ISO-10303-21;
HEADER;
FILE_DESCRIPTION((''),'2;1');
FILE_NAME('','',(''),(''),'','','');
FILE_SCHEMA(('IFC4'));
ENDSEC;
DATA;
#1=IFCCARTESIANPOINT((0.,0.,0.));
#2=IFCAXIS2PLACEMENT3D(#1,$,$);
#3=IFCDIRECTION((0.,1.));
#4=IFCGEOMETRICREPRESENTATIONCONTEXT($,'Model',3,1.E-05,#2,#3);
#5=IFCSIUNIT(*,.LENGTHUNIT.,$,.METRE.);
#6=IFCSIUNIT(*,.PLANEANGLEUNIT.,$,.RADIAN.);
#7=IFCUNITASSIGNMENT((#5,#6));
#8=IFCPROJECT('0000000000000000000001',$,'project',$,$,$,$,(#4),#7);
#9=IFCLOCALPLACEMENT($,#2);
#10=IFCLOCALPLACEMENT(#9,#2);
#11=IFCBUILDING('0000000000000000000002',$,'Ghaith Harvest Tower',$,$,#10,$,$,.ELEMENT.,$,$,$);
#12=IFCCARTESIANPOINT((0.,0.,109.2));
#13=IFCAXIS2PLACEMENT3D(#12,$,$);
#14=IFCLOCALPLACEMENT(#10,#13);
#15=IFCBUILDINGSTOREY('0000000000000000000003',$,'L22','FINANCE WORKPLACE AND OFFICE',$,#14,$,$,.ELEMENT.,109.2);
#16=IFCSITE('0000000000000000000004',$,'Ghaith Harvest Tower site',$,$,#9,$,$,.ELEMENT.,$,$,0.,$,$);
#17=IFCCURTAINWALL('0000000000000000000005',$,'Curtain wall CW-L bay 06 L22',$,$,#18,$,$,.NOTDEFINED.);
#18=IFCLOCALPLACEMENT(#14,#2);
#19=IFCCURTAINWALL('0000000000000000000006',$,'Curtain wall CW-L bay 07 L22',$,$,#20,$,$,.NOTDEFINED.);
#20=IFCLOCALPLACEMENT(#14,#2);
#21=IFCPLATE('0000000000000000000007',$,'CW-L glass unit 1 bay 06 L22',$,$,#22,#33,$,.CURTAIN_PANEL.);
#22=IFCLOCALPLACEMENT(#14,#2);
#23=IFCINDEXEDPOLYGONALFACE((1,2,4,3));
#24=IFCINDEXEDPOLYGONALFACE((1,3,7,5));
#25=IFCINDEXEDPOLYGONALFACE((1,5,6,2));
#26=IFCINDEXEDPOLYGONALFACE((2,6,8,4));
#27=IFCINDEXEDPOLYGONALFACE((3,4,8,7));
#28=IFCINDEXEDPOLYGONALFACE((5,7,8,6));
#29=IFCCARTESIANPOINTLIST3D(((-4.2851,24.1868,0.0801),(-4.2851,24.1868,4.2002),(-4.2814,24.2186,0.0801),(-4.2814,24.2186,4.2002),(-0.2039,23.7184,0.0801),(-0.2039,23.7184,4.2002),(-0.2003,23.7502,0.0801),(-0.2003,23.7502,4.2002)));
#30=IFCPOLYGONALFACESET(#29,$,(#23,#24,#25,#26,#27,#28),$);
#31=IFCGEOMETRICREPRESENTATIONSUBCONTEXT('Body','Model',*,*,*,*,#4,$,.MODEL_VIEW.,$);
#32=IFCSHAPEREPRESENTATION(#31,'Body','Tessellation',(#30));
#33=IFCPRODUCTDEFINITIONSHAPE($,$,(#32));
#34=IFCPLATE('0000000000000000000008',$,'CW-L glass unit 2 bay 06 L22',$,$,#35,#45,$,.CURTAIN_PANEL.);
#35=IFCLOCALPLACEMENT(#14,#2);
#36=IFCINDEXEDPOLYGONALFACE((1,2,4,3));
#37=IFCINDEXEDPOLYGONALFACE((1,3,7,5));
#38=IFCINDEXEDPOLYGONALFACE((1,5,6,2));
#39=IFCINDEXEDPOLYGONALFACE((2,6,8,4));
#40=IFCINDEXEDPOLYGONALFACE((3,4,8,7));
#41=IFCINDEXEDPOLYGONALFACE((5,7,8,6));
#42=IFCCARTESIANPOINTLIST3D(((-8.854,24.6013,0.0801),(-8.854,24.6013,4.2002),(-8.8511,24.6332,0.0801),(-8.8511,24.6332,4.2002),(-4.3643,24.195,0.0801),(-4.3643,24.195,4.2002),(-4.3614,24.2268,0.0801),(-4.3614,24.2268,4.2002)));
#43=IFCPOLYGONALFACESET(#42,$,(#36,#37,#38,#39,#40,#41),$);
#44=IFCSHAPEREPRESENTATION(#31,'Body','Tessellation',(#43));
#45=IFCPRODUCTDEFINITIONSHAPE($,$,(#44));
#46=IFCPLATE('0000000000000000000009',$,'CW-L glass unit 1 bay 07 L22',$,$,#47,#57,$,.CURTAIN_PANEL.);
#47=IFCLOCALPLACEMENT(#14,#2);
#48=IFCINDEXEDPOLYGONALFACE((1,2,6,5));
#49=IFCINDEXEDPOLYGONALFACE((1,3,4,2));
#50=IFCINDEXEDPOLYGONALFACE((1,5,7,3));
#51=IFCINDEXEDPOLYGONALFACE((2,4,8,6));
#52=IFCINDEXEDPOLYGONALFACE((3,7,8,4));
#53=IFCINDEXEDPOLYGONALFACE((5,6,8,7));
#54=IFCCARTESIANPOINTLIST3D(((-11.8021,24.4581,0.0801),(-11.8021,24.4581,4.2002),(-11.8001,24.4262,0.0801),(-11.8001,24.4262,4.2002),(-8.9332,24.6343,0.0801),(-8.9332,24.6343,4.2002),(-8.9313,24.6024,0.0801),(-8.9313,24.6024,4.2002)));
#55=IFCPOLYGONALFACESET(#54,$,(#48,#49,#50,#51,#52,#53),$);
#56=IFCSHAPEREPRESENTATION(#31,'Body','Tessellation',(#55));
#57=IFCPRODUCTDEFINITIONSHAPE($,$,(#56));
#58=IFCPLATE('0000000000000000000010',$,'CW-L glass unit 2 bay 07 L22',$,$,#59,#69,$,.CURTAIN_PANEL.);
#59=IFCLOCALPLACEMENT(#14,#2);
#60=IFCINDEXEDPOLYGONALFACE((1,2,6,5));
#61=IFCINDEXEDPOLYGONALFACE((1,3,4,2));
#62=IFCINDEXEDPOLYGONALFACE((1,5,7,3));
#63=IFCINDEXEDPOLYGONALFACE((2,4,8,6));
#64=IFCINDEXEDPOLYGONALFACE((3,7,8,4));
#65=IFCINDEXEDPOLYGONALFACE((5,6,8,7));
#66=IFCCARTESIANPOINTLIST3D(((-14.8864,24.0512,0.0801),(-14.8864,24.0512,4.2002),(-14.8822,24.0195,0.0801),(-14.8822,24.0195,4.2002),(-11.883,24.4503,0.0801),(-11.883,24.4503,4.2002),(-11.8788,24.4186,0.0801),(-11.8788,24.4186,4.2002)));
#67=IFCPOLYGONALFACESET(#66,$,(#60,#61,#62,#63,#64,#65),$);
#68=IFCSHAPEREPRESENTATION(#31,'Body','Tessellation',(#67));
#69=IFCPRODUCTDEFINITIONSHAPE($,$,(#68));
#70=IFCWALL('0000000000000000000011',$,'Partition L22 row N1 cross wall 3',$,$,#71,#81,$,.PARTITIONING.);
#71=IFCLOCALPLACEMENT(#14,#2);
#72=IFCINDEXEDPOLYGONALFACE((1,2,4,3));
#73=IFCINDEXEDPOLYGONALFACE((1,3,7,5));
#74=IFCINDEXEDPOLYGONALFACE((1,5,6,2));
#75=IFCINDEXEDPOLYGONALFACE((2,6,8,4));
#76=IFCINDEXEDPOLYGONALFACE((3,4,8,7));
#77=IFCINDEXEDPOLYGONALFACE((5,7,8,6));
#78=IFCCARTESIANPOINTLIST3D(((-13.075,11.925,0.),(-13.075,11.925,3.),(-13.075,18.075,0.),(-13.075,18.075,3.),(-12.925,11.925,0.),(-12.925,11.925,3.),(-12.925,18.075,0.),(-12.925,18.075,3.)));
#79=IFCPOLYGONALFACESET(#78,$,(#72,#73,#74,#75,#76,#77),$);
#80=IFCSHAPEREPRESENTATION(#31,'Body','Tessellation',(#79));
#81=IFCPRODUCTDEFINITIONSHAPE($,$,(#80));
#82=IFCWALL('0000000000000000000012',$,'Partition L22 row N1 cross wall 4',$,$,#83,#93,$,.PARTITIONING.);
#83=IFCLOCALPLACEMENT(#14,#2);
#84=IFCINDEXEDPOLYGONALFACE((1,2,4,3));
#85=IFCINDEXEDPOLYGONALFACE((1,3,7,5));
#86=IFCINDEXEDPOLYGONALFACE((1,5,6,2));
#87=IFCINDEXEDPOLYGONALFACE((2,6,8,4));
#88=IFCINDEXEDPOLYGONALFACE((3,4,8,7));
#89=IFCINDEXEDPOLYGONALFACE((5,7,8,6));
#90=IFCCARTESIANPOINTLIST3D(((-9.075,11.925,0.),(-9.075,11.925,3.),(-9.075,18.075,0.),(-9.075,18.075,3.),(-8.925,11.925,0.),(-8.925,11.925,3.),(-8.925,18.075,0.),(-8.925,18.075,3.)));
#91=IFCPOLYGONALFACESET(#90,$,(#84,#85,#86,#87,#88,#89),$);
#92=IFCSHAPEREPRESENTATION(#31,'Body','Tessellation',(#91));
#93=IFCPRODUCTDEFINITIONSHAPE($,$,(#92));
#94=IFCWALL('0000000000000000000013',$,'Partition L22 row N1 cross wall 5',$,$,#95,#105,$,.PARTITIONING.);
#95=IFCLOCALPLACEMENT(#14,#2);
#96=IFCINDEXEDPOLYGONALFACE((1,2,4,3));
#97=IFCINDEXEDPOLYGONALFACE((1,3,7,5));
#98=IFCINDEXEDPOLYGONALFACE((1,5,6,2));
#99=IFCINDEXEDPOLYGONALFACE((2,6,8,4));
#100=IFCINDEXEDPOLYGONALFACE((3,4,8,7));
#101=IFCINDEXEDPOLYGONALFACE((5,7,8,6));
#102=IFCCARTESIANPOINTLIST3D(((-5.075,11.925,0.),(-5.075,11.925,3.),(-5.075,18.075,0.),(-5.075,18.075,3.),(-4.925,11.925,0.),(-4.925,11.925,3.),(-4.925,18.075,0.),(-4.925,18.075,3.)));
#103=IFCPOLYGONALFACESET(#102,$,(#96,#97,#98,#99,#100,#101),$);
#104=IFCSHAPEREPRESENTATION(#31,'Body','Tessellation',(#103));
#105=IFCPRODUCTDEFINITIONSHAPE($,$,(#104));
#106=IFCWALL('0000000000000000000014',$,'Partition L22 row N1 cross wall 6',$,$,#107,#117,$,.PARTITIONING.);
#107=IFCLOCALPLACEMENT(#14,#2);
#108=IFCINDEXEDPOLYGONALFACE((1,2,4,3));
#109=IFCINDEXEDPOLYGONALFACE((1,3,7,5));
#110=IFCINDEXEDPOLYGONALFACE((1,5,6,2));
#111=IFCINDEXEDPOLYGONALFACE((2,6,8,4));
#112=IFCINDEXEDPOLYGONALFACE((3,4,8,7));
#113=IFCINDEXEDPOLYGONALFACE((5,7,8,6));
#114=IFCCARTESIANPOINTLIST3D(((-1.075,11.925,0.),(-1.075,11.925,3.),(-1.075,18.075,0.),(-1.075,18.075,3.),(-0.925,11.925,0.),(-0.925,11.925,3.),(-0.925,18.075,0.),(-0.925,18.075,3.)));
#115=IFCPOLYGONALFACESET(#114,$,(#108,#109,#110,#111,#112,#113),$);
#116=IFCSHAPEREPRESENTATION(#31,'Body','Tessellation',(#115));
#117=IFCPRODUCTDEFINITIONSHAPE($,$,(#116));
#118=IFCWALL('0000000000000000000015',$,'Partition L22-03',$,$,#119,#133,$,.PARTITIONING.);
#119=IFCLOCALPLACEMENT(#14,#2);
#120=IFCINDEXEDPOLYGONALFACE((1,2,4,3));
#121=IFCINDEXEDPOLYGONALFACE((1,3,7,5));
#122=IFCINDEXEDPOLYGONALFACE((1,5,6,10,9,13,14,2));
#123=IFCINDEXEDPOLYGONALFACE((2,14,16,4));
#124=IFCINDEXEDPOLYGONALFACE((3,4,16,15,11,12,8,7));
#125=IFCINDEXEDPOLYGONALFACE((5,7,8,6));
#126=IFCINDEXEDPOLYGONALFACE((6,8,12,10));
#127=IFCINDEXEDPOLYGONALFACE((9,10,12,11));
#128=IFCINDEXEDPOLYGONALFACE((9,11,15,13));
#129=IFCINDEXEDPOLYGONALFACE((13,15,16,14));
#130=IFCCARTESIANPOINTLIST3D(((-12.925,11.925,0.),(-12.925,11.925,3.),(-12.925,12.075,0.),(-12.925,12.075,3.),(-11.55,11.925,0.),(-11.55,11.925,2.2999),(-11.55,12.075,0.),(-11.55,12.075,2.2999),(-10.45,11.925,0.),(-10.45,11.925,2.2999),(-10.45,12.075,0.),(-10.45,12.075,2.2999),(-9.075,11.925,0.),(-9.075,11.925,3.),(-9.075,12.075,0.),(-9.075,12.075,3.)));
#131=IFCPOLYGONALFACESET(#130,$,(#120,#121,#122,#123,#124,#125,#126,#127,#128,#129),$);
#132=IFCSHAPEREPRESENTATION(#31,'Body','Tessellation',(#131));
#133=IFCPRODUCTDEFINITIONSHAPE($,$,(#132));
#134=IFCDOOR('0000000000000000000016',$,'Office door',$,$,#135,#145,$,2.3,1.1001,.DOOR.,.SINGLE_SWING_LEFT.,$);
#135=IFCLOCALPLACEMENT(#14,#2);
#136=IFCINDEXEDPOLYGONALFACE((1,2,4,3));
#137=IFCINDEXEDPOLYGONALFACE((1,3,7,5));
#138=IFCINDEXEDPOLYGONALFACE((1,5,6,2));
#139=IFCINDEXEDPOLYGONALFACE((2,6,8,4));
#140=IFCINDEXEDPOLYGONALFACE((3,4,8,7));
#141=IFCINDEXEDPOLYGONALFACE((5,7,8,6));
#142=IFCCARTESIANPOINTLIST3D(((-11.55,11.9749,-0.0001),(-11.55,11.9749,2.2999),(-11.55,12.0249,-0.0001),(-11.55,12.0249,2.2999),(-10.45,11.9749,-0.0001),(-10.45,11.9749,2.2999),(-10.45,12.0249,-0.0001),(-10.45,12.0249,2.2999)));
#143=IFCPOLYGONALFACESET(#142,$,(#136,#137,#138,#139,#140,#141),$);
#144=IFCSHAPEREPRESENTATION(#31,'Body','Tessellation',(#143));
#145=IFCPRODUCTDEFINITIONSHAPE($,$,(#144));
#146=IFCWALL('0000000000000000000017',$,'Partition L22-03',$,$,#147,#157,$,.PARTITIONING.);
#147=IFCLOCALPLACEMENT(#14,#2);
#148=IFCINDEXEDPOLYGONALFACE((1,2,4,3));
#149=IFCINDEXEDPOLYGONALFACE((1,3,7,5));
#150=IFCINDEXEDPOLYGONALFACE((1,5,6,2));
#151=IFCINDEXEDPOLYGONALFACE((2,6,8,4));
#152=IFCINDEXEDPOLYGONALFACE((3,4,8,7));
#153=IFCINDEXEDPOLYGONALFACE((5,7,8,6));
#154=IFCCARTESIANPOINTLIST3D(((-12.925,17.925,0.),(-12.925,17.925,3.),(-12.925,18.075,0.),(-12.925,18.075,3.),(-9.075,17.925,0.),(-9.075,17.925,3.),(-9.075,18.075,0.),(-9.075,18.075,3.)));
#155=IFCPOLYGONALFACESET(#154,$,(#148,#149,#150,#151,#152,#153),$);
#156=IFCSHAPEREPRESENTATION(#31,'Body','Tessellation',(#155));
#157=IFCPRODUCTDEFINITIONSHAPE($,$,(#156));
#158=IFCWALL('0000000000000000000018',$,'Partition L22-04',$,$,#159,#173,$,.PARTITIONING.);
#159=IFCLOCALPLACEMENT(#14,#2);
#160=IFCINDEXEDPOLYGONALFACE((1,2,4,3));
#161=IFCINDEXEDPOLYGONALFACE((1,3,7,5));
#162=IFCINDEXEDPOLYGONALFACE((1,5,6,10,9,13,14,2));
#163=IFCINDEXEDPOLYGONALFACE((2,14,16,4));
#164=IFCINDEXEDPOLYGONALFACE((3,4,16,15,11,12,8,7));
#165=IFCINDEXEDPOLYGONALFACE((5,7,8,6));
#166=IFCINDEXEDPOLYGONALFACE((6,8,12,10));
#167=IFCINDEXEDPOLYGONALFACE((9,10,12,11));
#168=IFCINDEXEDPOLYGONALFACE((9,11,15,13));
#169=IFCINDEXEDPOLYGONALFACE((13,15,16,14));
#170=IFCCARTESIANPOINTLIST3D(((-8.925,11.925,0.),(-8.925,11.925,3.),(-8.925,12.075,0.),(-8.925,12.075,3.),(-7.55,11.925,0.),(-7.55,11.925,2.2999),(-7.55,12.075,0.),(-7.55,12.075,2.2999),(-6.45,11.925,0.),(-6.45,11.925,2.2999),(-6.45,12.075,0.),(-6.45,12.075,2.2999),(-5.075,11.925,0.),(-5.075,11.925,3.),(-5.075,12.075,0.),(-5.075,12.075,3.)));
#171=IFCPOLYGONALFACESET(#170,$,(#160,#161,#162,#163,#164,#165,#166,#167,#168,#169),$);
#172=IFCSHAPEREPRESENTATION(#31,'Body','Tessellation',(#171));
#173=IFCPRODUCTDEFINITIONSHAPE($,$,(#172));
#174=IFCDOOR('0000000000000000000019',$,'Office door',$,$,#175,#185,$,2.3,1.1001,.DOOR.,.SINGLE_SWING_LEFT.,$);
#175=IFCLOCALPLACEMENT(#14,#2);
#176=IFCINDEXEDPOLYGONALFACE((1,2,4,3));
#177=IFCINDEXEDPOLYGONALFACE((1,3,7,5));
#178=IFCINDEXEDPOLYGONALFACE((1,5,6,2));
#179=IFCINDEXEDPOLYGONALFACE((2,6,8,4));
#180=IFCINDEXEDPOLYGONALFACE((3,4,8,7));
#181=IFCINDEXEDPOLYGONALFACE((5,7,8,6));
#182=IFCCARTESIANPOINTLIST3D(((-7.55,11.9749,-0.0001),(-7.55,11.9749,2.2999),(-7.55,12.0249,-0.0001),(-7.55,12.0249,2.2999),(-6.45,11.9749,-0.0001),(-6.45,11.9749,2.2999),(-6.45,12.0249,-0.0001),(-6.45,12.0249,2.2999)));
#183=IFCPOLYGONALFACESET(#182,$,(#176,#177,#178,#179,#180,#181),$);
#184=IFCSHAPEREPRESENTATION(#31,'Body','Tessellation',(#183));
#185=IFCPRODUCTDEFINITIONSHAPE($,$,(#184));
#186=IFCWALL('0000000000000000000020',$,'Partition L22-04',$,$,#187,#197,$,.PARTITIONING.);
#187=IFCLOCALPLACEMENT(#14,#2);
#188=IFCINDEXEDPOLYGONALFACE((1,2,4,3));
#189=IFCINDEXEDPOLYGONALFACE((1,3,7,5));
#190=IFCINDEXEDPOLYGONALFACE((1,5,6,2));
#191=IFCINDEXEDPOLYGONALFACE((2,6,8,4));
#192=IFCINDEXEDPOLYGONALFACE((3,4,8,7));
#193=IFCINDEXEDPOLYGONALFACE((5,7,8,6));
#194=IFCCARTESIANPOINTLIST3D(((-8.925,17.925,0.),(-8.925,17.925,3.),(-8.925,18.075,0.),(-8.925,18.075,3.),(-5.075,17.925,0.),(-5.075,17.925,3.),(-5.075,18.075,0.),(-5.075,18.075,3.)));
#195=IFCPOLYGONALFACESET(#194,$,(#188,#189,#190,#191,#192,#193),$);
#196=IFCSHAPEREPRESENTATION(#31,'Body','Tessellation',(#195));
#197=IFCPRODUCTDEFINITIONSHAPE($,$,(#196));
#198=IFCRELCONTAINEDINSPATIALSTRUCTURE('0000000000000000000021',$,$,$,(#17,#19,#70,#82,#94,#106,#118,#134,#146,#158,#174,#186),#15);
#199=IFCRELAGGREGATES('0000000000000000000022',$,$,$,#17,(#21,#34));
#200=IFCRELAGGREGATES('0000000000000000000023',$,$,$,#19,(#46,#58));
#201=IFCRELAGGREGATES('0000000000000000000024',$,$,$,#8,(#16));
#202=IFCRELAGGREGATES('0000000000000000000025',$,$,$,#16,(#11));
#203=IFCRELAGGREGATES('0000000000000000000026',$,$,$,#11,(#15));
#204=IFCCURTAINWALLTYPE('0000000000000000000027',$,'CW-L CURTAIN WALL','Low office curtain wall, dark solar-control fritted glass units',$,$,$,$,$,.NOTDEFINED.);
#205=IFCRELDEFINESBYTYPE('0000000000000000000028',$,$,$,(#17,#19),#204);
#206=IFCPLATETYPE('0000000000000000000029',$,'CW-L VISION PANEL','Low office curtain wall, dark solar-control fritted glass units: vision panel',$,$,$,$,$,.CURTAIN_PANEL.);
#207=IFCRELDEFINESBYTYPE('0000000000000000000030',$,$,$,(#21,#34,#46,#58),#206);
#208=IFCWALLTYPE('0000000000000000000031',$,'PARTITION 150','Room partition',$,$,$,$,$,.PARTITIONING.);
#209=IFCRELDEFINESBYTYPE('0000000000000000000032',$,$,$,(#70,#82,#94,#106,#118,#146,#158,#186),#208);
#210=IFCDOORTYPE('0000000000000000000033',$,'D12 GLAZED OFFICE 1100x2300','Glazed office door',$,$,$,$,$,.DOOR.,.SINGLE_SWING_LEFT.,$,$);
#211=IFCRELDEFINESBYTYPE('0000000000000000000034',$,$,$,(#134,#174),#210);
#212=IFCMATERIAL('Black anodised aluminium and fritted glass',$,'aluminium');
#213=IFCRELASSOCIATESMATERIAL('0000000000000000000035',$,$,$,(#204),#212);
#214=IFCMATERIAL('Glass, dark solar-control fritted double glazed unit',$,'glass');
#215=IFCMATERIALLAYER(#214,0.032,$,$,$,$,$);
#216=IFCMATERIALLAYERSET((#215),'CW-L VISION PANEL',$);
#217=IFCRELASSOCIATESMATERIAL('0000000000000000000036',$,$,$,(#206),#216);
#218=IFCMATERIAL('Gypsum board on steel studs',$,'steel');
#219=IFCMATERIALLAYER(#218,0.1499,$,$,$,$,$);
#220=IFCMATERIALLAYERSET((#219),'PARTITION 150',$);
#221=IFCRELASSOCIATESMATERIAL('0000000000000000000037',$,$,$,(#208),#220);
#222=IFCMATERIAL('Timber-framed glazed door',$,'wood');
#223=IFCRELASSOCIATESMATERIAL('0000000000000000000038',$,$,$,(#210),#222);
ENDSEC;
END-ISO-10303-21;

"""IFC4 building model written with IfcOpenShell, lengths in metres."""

from ifc_helpers import new_model, si_unit, direction, frame, frame_2d, origin, origin_2d, place, context, subcontext, project, spatial, rectangle, extrude, material, layer, layer_set, type_object, element, fill, aggregate, save


model = new_model("IFC4")

# Units and contexts
model_context = context("Model", 3, precision=1e-05, world=origin(), true_north=direction((0.0, 1.0)))
body_context = subcontext(model_context, "Body", "Model", "MODEL_VIEW")
ifc_project = project(units=[si_unit("LENGTHUNIT", "METRE"), si_unit("PLANEANGLEUNIT", "RADIAN")], contexts=[model_context])

# Site, building, storey
site_placement = place(None, origin())
site = spatial("IfcSite", under=ifc_project, at=site_placement, Name="Ghaith Harvest Tower site", CompositionType="ELEMENT", RefElevation=0.0)
building_placement = place(site_placement, origin())
building = spatial("IfcBuilding", under=site, at=building_placement, Name="Ghaith Harvest Tower", CompositionType="ELEMENT")
storey_placement = place(building_placement, frame((0.0, 0.0, 109.2)))
storey = spatial("IfcBuildingStorey", under=building, at=storey_placement, Name="L22", Description="FINANCE WORKPLACE AND OFFICE", CompositionType="ELEMENT", Elevation=109.2)

# Curtain walls
ifc_material_1 = material(Name="Black anodised aluminium and fritted glass", Category="aluminium")
curtain_wall_type = type_object("IfcCurtainWallType", Name="CW-L CURTAIN WALL", Description="Low office curtain wall, dark solar-control fritted glass units", PredefinedType="NOTDEFINED", material=ifc_material_1)
curtain_wall_1_placement = place(storey_placement, origin())
curtain_wall_1 = element("IfcCurtainWall", 1, at=curtain_wall_1_placement, inside=storey, type_object=curtain_wall_type, Name="Curtain wall CW-L bay 06 L22", PredefinedType="NOTDEFINED")
curtain_wall_2_placement = place(storey_placement, origin())
curtain_wall_2 = element("IfcCurtainWall", 2, at=curtain_wall_2_placement, inside=storey, type_object=curtain_wall_type, Name="Curtain wall CW-L bay 07 L22", PredefinedType="NOTDEFINED")

# Plates
ifc_material_2 = material(Name="Glass, dark solar-control fritted double glazed unit", Category="glass")
ifc_layer_1 = layer(ifc_material_2, 0.032)
ifc_layer_set_1 = layer_set([ifc_layer_1], Name="CW-L VISION PANEL")
plate_type = type_object("IfcPlateType", Name="CW-L VISION PANEL", Description="Low office curtain wall, dark solar-control fritted glass units: vision panel", PredefinedType="CURTAIN_PANEL", material=ifc_layer_set_1)
plate_1_placement = place(storey_placement, frame((-2.2427, 23.9685, 0.0801), z_axis=(0.0, 0.0, 1.0), x_axis=(-0.993477, 0.114032, 0.0)))
plate_1 = element("IfcPlate", 3, at=plate_1_placement, type_object=plate_type, Name="CW-L glass unit 1 bay 06 L22", PredefinedType="CURTAIN_PANEL", context=body_context, shape_type="SweptSolid", body=[
    extrude(rectangle(XDim=4.1079, YDim=0.032, at=origin_2d()), origin(), (0.0, 0.0, 1.0), 4.1201),
])
plate_2_placement = place(storey_placement, frame((-6.6077, 24.4141, 0.0801), z_axis=(0.0, 0.0, 1.0), x_axis=(-0.995929, 0.090144, 0.0)))
plate_2 = element("IfcPlate", 4, at=plate_2_placement, type_object=plate_type, Name="CW-L glass unit 2 bay 06 L22", PredefinedType="CURTAIN_PANEL", context=body_context, shape_type="SweptSolid", body=[
    extrude(rectangle(XDim=4.5081, YDim=0.032, at=origin_2d()), origin(), (0.0, 0.0, 1.0), 4.1201),
])
aggregate(curtain_wall_1, [plate_1, plate_2])
plate_3_placement = place(storey_placement, frame((-10.3667, 24.5303, 0.0801), z_axis=(0.0, 0.0, 1.0), x_axis=(-0.998119, -0.061303, 0.0)))
plate_3 = element("IfcPlate", 5, at=plate_3_placement, type_object=plate_type, Name="CW-L glass unit 1 bay 07 L22", PredefinedType="CURTAIN_PANEL", context=body_context, shape_type="SweptSolid", body=[
    extrude(rectangle(XDim=2.8743, YDim=0.032, at=origin_2d()), origin(), (0.0, 0.0, 1.0), 4.1201),
])
plate_4_placement = place(storey_placement, frame((-13.3826, 24.2349, 0.0801), z_axis=(0.0, 0.0, 1.0), x_axis=(-0.991286, -0.131728, 0.0)))
plate_4 = element("IfcPlate", 6, at=plate_4_placement, type_object=plate_type, Name="CW-L glass unit 2 bay 07 L22", PredefinedType="CURTAIN_PANEL", context=body_context, shape_type="SweptSolid", body=[
    extrude(rectangle(XDim=3.0298, YDim=0.032, at=origin_2d()), origin(), (0.0, 0.0, 1.0), 4.1201),
])
aggregate(curtain_wall_2, [plate_3, plate_4])

# Walls
ifc_material_3 = material(Name="Gypsum board on steel studs", Category="steel")
ifc_layer_2 = layer(ifc_material_3, 0.1499)
ifc_layer_set_2 = layer_set([ifc_layer_2], Name="PARTITION 150")
wall_type = type_object("IfcWallType", Name="PARTITION 150", Description="Room partition", PredefinedType="PARTITIONING", material=ifc_layer_set_2)
for number, where, z_axis, x_axis, name in (
    (7, (-13.0, 11.925, 0.0), (0.0, 0.0, 1.0), (0.0, 1.0, 0.0), "Partition L22 row N1 cross wall 3"),
    (8, (-9.0, 11.925, 0.0), (0.0, 0.0, 1.0), (0.0, 1.0, 0.0), "Partition L22 row N1 cross wall 4"),
    (9, (-5.0, 11.925, 0.0), (0.0, 0.0, 1.0), (0.0, 1.0, 0.0), "Partition L22 row N1 cross wall 5"),
    (10, (-1.0, 11.925, 0.0), (0.0, 0.0, 1.0), (0.0, 1.0, 0.0), "Partition L22 row N1 cross wall 6"),
):
    element("IfcWall", number, at=place(storey_placement, frame(where, z_axis=z_axis, x_axis=x_axis)), inside=storey, type_object=wall_type, Name=name, PredefinedType="PARTITIONING", context=body_context, shape_type="SweptSolid", body=[
        extrude(rectangle(XDim=6.1499, YDim=0.1499, at=frame_2d((3.075, 0.0))), origin(), (0.0, 0.0, 1.0), 3.0),
    ])

# Wall, opening, door
wall_1_placement = place(storey_placement, frame((-12.925, 12.0, 0.0), z_axis=(0.0, 0.0, 1.0), x_axis=(1.0, 0.0, 0.0)))
wall_1 = element("IfcWall", 11, at=wall_1_placement, inside=storey, type_object=wall_type, Name="Partition L22-03", PredefinedType="PARTITIONING", context=body_context, shape_type="SweptSolid", body=[
    extrude(rectangle(XDim=3.8501, YDim=0.1499, at=frame_2d((1.925, 0.0))), origin(), (0.0, 0.0, 1.0), 3.0),
])
opening_1_placement = place(wall_1_placement, frame((1.375, 0.0, 0.0)))
opening_1 = element("IfcOpeningElement", 12, at=opening_1_placement, cuts=wall_1, PredefinedType="OPENING", context=body_context, shape_type="SweptSolid", body=[
    extrude(rectangle(XDim=1.1001, YDim=2.3, at=frame_2d((0.55, 1.1499))), frame((0.0, 0.085, 0.0), z_axis=(0.0, -1.0, 0.0), x_axis=(1.0, 0.0, 0.0)), (0.0, 0.0, 1.0), 0.1699),
])
ifc_material_4 = material(Name="Timber-framed glazed door", Category="wood")
door_type = type_object("IfcDoorType", Name="D12 GLAZED OFFICE 1100x2300", Description="Glazed office door", OperationType="SINGLE_SWING_LEFT", PredefinedType="DOOR", material=ifc_material_4)
door_1_placement = place(opening_1_placement, origin())
door_1 = element("IfcDoor", 13, at=door_1_placement, inside=storey, type_object=door_type, Name="Office door", OperationType="SINGLE_SWING_LEFT", OverallHeight=2.3, OverallWidth=1.1001, PredefinedType="DOOR", context=body_context, shape_type="SweptSolid", body=[
    extrude(rectangle(XDim=1.1001, YDim=2.3, at=frame_2d((0.55, 1.1499))), frame((0.0, 0.0249, 0.0), z_axis=(0.0, -1.0, 0.0), x_axis=(1.0, 0.0, 0.0)), (0.0, 0.0, 1.0), 0.05),
])
fill(opening_1, door_1)

# Wall
wall_2_placement = place(storey_placement, frame((-12.925, 18.0, 0.0), z_axis=(0.0, 0.0, 1.0), x_axis=(1.0, 0.0, 0.0)))
element("IfcWall", 14, at=wall_2_placement, inside=storey, type_object=wall_type, Name="Partition L22-03", PredefinedType="PARTITIONING", context=body_context, shape_type="SweptSolid", body=[
    extrude(rectangle(XDim=3.8501, YDim=0.1499, at=frame_2d((1.925, 0.0))), origin(), (0.0, 0.0, 1.0), 3.0),
])

# Wall, opening, door
wall_3_placement = place(storey_placement, frame((-8.925, 12.0, 0.0), z_axis=(0.0, 0.0, 1.0), x_axis=(1.0, 0.0, 0.0)))
wall_3 = element("IfcWall", 15, at=wall_3_placement, inside=storey, type_object=wall_type, Name="Partition L22-04", PredefinedType="PARTITIONING", context=body_context, shape_type="SweptSolid", body=[
    extrude(rectangle(XDim=3.8501, YDim=0.1499, at=frame_2d((1.925, 0.0))), origin(), (0.0, 0.0, 1.0), 3.0),
])
opening_2_placement = place(wall_3_placement, frame((1.375, 0.0, 0.0)))
opening_2 = element("IfcOpeningElement", 16, at=opening_2_placement, cuts=wall_3, PredefinedType="OPENING", context=body_context, shape_type="SweptSolid", body=[
    extrude(rectangle(XDim=1.1001, YDim=2.3, at=frame_2d((0.55, 1.1499))), frame((0.0, 0.085, 0.0), z_axis=(0.0, -1.0, 0.0), x_axis=(1.0, 0.0, 0.0)), (0.0, 0.0, 1.0), 0.1699),
])
door_2_placement = place(opening_2_placement, origin())
door_2 = element("IfcDoor", 17, at=door_2_placement, inside=storey, type_object=door_type, Name="Office door", OperationType="SINGLE_SWING_LEFT", OverallHeight=2.3, OverallWidth=1.1001, PredefinedType="DOOR", context=body_context, shape_type="SweptSolid", body=[
    extrude(rectangle(XDim=1.1001, YDim=2.3, at=frame_2d((0.55, 1.1499))), frame((0.0, 0.0249, 0.0), z_axis=(0.0, -1.0, 0.0), x_axis=(1.0, 0.0, 0.0)), (0.0, 0.0, 1.0), 0.05),
])
fill(opening_2, door_2)

# Wall
wall_4_placement = place(storey_placement, frame((-8.925, 18.0, 0.0), z_axis=(0.0, 0.0, 1.0), x_axis=(1.0, 0.0, 0.0)))
element("IfcWall", 18, at=wall_4_placement, inside=storey, type_object=wall_type, Name="Partition L22-04", PredefinedType="PARTITIONING", context=body_context, shape_type="SweptSolid", body=[
    extrude(rectangle(XDim=3.8501, YDim=0.1499, at=frame_2d((1.925, 0.0))), origin(), (0.0, 0.0, 1.0), 3.0),
])

save(model, "model.ifc")
